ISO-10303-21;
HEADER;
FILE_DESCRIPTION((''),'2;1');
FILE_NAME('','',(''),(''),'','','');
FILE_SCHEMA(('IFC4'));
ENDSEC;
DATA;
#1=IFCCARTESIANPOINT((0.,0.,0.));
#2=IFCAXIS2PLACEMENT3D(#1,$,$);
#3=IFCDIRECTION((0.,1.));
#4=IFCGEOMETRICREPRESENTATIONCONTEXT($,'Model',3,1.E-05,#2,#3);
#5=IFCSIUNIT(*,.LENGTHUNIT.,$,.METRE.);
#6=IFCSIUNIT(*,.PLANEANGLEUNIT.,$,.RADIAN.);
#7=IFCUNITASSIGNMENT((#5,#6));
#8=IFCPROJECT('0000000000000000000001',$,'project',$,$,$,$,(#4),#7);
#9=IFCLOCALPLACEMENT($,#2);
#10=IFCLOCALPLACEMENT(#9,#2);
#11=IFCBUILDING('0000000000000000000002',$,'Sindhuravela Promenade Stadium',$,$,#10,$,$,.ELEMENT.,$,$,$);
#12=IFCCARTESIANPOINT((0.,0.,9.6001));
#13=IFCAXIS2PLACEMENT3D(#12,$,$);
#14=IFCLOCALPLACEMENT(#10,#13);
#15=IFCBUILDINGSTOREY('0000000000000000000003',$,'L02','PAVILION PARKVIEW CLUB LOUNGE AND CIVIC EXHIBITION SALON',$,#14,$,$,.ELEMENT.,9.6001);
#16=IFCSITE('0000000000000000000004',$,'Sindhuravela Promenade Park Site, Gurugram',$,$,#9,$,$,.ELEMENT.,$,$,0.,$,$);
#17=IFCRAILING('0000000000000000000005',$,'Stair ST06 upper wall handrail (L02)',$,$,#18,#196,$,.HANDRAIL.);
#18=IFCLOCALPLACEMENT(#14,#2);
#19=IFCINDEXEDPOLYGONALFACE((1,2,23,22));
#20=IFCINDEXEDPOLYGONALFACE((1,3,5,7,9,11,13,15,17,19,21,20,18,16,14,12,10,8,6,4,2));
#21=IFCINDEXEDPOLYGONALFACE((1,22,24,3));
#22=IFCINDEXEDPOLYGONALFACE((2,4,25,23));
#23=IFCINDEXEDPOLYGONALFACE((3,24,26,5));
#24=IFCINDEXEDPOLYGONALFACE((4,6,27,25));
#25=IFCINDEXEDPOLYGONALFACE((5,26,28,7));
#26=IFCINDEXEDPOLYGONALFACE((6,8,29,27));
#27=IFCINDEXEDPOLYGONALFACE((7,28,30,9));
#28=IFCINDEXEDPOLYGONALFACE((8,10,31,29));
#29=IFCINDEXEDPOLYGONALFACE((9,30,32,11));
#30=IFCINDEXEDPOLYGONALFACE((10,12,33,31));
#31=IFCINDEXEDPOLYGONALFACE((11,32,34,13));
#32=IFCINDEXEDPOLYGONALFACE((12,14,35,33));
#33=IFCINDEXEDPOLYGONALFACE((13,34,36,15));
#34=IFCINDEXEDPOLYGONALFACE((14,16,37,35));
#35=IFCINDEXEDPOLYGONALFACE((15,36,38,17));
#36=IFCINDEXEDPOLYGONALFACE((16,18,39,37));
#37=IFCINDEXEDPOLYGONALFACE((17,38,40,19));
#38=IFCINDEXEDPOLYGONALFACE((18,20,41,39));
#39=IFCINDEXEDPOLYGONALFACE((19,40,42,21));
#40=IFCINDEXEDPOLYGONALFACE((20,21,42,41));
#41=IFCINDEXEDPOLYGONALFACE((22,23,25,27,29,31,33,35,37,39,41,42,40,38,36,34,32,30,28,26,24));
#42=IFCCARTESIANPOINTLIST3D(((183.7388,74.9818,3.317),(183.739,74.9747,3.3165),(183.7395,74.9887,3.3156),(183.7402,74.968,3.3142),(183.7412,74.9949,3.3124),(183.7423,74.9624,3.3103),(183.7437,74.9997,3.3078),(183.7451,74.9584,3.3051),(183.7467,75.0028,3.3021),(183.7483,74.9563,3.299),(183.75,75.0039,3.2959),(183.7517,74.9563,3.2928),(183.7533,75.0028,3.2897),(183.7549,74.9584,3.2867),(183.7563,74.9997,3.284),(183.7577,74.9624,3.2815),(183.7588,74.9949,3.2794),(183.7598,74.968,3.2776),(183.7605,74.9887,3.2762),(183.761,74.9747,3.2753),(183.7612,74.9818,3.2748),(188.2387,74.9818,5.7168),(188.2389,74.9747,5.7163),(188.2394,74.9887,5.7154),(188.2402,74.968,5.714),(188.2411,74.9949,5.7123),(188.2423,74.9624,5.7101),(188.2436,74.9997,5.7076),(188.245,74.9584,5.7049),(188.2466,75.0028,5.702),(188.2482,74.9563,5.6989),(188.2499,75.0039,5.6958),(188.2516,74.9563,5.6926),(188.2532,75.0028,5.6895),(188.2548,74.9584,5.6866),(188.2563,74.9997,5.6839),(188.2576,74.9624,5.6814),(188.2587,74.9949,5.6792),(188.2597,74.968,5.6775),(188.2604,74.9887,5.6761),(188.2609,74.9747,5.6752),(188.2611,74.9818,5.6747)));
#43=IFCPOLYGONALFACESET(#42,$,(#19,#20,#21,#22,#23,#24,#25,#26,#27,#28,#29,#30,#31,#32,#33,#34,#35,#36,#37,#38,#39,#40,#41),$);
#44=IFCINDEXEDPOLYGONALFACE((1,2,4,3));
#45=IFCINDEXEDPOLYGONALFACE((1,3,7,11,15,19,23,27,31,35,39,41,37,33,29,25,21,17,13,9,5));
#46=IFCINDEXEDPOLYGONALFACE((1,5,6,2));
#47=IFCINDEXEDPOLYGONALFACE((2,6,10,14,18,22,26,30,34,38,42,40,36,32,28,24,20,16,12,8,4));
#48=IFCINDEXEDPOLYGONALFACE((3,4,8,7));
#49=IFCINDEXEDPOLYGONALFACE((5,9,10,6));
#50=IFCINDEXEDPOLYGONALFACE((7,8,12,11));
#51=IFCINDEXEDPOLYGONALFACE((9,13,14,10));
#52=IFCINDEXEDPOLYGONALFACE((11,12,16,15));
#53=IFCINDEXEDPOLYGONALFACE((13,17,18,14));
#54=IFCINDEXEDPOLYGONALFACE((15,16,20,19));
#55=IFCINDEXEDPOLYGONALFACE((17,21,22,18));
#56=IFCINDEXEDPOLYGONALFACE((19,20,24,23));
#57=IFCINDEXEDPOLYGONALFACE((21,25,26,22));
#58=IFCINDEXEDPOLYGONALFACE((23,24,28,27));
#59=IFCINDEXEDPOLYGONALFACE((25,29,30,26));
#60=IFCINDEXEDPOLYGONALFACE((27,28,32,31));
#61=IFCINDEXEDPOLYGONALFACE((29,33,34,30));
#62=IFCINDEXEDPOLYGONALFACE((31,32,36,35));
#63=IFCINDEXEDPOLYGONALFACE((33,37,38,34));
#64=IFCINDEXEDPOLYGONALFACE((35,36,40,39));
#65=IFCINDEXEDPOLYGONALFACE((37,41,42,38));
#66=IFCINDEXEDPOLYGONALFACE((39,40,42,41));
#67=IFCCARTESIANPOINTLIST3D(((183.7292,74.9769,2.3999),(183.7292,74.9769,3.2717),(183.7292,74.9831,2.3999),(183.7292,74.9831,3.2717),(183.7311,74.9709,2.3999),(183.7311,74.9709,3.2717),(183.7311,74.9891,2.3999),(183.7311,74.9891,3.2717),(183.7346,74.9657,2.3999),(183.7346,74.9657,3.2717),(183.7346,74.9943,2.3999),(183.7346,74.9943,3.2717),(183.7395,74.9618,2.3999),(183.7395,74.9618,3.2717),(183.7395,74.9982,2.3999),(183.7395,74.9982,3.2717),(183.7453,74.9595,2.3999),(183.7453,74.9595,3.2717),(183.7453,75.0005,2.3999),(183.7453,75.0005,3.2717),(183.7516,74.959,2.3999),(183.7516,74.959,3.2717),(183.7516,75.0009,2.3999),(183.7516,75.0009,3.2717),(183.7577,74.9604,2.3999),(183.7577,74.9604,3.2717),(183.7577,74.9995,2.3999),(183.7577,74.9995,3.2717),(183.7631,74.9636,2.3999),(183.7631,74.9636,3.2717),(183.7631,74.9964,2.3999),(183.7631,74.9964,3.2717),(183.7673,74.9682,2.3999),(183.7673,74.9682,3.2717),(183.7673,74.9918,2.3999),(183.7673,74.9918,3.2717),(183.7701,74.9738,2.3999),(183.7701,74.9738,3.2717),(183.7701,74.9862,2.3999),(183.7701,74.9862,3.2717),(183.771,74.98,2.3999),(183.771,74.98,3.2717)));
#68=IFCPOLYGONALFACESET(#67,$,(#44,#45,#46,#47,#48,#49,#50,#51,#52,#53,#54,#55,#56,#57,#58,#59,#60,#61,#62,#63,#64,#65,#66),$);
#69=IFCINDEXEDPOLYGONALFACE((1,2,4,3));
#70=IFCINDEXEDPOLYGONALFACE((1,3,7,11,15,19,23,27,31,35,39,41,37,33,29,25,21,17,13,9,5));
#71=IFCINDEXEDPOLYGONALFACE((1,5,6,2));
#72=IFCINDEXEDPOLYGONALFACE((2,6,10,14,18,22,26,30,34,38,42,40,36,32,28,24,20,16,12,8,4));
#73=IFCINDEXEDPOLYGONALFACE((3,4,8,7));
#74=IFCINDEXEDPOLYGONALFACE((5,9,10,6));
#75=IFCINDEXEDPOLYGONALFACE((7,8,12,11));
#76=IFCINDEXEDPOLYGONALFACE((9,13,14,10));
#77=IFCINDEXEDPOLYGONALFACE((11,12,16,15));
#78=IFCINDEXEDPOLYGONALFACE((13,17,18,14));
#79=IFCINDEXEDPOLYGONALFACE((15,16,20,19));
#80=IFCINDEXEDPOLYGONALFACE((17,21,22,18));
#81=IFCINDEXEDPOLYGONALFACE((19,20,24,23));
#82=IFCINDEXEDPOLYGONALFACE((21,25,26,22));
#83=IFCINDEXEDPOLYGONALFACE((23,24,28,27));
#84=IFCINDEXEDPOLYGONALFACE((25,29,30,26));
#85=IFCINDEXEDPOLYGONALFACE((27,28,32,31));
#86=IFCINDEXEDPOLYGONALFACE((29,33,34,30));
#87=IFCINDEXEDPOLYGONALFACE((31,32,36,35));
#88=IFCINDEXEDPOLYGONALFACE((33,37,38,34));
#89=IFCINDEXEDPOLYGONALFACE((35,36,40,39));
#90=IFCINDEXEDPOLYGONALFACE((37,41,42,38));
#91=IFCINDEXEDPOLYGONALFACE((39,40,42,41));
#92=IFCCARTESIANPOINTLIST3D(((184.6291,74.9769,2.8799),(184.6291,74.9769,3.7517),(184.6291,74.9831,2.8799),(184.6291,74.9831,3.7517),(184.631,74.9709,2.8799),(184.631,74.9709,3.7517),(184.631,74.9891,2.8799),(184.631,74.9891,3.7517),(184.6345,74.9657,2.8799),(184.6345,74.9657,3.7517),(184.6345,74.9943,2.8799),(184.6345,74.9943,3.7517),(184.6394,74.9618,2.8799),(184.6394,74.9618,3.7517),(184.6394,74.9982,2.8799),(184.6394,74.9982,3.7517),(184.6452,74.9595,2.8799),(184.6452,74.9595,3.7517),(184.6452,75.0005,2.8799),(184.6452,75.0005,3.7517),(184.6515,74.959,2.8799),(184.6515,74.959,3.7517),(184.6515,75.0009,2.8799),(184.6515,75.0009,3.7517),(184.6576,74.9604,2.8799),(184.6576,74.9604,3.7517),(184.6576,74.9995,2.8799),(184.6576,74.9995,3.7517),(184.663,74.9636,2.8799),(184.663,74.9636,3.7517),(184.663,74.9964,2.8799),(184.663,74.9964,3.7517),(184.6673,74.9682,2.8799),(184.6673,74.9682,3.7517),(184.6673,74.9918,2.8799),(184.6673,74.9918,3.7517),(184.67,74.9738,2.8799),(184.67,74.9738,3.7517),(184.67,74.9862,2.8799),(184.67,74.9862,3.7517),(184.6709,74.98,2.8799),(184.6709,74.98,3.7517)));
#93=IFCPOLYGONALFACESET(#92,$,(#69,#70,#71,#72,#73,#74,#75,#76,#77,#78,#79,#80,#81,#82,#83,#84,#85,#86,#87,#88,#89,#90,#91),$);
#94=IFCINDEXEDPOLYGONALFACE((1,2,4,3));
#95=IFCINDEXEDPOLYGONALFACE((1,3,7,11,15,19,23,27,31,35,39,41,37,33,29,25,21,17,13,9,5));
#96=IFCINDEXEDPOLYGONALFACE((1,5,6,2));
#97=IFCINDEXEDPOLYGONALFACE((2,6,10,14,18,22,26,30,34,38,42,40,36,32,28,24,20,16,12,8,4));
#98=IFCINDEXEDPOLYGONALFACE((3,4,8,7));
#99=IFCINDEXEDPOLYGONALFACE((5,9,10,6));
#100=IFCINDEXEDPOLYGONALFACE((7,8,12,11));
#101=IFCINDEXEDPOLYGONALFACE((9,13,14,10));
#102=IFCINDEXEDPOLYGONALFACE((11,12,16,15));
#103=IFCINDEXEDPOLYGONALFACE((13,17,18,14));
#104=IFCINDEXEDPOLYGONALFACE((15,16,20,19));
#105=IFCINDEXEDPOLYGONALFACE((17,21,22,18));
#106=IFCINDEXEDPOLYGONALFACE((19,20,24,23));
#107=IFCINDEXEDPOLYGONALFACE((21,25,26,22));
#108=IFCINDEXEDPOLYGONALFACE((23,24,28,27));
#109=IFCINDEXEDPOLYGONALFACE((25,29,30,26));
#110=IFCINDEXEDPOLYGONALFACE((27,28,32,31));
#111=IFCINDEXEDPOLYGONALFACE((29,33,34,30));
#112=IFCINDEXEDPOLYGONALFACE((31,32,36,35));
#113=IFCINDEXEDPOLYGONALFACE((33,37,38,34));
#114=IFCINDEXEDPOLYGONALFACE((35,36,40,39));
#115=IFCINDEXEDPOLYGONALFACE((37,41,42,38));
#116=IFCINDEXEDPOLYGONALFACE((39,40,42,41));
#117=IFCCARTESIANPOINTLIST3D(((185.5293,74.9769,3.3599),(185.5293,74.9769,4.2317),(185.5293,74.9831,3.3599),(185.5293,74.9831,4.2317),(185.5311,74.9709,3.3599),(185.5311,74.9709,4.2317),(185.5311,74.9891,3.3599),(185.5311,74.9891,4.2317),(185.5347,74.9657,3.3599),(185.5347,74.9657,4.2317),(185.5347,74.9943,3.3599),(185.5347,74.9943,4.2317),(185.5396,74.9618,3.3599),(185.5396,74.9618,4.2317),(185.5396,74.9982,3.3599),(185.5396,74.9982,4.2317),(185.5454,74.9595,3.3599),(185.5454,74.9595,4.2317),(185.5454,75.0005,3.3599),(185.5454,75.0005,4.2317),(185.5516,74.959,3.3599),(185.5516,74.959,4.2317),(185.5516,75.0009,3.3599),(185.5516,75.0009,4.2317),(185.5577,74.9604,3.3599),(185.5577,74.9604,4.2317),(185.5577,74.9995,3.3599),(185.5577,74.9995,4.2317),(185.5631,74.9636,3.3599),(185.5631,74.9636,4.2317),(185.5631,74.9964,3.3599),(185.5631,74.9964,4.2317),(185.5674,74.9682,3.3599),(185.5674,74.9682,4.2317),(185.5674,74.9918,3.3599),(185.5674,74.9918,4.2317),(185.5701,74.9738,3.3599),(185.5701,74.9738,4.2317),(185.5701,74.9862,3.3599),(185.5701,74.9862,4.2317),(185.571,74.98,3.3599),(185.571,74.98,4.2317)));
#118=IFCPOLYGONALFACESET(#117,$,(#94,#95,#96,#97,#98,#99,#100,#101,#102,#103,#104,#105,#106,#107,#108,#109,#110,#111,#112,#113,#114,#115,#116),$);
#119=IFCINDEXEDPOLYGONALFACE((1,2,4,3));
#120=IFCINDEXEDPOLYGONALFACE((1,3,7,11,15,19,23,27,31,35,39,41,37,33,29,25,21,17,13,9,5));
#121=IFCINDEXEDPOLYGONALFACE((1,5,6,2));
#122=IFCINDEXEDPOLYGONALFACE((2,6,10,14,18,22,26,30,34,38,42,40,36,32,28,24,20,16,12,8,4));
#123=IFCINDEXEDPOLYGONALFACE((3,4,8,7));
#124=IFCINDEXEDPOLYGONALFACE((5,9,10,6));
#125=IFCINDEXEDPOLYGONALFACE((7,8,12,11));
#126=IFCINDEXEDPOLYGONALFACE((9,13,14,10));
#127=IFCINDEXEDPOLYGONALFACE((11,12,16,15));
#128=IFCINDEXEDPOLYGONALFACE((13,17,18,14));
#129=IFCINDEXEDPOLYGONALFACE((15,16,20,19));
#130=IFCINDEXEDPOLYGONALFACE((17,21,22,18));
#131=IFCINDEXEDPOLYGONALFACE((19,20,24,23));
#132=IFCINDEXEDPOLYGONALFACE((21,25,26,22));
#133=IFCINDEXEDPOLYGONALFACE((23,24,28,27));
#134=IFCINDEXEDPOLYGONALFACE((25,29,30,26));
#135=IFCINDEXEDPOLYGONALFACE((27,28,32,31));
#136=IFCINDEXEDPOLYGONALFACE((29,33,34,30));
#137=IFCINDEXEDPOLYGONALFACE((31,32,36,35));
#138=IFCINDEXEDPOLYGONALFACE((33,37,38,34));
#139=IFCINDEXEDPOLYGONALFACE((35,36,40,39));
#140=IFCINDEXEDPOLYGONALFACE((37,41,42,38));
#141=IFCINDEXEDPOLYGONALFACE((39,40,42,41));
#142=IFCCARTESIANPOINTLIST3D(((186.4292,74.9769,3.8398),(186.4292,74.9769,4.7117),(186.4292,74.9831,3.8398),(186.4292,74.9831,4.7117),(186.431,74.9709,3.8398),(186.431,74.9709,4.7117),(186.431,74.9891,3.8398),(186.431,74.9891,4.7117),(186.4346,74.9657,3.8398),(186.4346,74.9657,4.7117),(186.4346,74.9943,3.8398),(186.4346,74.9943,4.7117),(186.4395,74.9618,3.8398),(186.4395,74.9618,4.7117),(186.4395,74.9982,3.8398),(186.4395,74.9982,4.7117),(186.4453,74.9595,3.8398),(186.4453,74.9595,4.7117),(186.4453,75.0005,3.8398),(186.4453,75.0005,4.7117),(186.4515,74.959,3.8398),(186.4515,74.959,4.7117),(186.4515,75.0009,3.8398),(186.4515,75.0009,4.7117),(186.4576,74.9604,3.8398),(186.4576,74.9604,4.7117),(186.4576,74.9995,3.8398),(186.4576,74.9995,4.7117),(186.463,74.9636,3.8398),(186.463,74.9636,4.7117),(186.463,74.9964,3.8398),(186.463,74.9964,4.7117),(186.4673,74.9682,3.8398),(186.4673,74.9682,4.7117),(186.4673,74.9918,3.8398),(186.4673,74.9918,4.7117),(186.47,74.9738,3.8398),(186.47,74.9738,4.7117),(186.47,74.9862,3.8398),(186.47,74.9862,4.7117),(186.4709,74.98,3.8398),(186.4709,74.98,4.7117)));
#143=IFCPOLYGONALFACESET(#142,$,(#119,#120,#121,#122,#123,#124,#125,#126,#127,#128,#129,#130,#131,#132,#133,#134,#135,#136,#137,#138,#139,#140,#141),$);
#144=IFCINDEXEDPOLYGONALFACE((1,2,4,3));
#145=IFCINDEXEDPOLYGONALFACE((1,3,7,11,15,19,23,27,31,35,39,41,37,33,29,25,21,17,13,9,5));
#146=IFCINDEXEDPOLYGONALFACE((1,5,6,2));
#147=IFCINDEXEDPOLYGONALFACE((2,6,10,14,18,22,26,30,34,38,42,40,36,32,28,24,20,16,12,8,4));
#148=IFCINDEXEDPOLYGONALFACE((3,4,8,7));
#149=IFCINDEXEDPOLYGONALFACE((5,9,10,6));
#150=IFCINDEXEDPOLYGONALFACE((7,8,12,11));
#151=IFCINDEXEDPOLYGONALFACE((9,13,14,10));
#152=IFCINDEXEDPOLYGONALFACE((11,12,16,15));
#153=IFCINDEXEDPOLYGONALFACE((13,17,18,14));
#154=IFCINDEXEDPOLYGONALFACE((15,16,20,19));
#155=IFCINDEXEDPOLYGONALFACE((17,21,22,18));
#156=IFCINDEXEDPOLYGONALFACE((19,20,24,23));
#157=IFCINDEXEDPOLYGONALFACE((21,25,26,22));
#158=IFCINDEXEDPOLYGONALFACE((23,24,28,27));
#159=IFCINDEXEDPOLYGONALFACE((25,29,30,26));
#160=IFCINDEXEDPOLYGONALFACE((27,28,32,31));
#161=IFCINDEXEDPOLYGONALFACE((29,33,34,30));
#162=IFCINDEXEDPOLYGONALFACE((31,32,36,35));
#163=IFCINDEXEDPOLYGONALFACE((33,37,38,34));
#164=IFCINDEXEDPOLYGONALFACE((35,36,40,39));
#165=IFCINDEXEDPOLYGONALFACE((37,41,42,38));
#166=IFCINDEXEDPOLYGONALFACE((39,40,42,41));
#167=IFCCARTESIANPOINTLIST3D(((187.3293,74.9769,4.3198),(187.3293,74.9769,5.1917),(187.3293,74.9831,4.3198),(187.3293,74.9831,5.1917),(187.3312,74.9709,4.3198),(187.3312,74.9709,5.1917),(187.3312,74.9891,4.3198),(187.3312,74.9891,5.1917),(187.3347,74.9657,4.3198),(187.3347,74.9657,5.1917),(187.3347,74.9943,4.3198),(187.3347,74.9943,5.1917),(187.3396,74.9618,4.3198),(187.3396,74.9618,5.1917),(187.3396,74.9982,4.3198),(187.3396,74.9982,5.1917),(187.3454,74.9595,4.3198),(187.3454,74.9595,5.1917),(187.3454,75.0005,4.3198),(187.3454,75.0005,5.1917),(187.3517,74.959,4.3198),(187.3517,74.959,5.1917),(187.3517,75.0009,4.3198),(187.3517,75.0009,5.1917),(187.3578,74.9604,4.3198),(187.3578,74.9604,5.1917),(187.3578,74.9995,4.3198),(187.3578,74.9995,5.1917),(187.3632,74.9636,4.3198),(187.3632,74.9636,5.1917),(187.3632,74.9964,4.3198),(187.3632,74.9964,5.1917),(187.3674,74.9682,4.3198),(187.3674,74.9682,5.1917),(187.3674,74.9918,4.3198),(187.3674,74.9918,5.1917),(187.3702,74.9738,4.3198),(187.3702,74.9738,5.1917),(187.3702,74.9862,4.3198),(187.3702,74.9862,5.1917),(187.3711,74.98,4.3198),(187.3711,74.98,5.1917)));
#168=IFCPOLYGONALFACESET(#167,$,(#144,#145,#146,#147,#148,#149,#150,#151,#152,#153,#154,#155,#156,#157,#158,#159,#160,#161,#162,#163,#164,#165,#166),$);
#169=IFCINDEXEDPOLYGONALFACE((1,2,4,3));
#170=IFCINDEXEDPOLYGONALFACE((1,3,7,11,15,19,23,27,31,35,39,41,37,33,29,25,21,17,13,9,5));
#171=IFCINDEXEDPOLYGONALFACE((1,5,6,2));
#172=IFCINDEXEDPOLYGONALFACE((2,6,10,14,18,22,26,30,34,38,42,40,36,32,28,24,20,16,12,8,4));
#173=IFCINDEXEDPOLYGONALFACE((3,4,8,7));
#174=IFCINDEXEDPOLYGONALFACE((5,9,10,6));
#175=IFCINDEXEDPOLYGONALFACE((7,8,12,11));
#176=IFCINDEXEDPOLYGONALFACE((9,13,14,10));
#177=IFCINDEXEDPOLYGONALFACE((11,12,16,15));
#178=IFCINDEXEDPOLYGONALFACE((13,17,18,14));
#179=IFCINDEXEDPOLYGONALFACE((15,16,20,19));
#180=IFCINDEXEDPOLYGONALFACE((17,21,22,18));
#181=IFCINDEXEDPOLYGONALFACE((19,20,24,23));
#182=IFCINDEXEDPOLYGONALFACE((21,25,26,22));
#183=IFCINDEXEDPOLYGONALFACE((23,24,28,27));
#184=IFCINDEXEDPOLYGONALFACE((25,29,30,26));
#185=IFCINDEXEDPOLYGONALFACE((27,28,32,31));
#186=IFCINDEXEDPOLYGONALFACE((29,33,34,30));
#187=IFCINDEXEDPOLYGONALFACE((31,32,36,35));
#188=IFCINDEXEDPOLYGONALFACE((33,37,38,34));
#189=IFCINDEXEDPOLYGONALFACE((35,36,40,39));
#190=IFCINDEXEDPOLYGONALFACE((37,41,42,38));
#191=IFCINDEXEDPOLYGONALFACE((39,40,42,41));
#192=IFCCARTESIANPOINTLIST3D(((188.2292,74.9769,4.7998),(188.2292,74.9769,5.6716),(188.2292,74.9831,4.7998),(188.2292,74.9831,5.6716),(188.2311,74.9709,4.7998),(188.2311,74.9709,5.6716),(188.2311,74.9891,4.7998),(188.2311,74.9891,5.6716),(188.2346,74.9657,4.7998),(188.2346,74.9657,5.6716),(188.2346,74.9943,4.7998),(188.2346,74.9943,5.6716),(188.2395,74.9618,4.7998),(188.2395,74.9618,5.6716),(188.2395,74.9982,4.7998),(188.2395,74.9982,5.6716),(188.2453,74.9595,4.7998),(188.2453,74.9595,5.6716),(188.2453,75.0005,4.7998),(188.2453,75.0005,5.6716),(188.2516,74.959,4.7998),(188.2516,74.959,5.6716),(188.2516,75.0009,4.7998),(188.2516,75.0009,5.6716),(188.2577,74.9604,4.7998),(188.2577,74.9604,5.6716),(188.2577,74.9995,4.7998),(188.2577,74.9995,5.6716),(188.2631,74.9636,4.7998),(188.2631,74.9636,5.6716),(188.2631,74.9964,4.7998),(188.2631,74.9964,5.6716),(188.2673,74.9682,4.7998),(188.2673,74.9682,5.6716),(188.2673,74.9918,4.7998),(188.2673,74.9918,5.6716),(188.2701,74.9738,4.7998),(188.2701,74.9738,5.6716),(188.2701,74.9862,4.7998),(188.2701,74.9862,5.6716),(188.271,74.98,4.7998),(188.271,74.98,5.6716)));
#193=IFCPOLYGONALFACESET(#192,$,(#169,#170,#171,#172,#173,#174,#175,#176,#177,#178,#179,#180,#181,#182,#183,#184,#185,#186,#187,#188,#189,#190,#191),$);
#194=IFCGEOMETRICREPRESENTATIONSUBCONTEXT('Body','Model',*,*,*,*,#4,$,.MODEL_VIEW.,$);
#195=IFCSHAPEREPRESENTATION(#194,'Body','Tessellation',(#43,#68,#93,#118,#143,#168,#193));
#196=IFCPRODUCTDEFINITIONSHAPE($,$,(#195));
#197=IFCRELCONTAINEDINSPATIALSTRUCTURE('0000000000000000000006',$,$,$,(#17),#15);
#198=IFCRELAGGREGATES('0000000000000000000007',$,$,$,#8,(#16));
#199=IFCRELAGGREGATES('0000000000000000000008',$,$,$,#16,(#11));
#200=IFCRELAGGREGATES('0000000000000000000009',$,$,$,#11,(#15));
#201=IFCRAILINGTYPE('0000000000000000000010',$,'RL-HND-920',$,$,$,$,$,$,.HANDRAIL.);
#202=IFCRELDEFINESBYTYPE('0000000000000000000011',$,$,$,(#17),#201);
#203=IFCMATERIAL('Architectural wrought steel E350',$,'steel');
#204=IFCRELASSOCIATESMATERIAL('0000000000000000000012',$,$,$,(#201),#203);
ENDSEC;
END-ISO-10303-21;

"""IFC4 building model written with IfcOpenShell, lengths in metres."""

from ifc_helpers import new_model, si_unit, direction, frame, origin, origin_2d, place, context, subcontext, project, spatial, circle, extrude, material, type_object, element, save


model = new_model("IFC4")

# Units and contexts
model_context = context("Model", 3, precision=1e-05, world=origin(), true_north=direction((0.0, 1.0)))
body_context = subcontext(model_context, "Body", "Model", "MODEL_VIEW")
ifc_project = project(units=[si_unit("LENGTHUNIT", "METRE"), si_unit("PLANEANGLEUNIT", "RADIAN")], contexts=[model_context])

# Site, building, storey
site_placement = place(None, origin())
site = spatial("IfcSite", under=ifc_project, at=site_placement, Name="Sindhuravela Promenade Park Site, Gurugram", CompositionType="ELEMENT", RefElevation=0.0)
building_placement = place(site_placement, origin())
building = spatial("IfcBuilding", under=site, at=building_placement, Name="Sindhuravela Promenade Stadium", CompositionType="ELEMENT")
storey_placement = place(building_placement, frame((0.0, 0.0, 9.6001)))
storey = spatial("IfcBuildingStorey", under=building, at=storey_placement, Name="L02", Description="PAVILION PARKVIEW CLUB LOUNGE AND CIVIC EXHIBITION SALON", CompositionType="ELEMENT", Elevation=9.6001)

# Railing
ifc_material_1 = material(Name="Architectural wrought steel E350", Category="steel")
railing_type_1 = type_object("IfcRailingType", Name="RL-HND-920", PredefinedType="HANDRAIL", material=ifc_material_1)
railing_1_placement = place(storey_placement, frame((183.75, 74.98, 2.3999)))
element("IfcRailing", 1, at=railing_1_placement, inside=storey, type_object=railing_type_1, Name="Stair ST06 upper wall handrail (L02)", PredefinedType="HANDRAIL", context=body_context, shape_type="SweptSolid", body=[
    extrude(circle(Radius=0.0239, at=origin_2d()), frame((0.0, 0.0, 0.896), z_axis=(0.882361, 0.0, 0.470573), x_axis=(0.0, 1.0, 0.0)), (0.0, 0.0, 1.0), 5.0999),
    extrude(circle(Radius=0.021, at=origin_2d()), origin(), (0.0, 0.0, 1.0), 0.8718),
    extrude(circle(Radius=0.021, at=origin_2d()), frame((0.8999, 0.0, 0.48)), (0.0, 0.0, 1.0), 0.8718),
    extrude(circle(Radius=0.021, at=origin_2d()), frame((1.8, 0.0, 0.96)), (0.0, 0.0, 1.0), 0.8718),
    extrude(circle(Radius=0.021, at=origin_2d()), frame((2.7, 0.0, 1.4399)), (0.0, 0.0, 1.0), 0.8718),
    extrude(circle(Radius=0.021, at=origin_2d()), frame((3.6001, 0.0, 1.9199)), (0.0, 0.0, 1.0), 0.8718),
    extrude(circle(Radius=0.021, at=origin_2d()), frame((4.5, 0.0, 2.3999)), (0.0, 0.0, 1.0), 0.8718),
])

save(model, "model.ifc")
